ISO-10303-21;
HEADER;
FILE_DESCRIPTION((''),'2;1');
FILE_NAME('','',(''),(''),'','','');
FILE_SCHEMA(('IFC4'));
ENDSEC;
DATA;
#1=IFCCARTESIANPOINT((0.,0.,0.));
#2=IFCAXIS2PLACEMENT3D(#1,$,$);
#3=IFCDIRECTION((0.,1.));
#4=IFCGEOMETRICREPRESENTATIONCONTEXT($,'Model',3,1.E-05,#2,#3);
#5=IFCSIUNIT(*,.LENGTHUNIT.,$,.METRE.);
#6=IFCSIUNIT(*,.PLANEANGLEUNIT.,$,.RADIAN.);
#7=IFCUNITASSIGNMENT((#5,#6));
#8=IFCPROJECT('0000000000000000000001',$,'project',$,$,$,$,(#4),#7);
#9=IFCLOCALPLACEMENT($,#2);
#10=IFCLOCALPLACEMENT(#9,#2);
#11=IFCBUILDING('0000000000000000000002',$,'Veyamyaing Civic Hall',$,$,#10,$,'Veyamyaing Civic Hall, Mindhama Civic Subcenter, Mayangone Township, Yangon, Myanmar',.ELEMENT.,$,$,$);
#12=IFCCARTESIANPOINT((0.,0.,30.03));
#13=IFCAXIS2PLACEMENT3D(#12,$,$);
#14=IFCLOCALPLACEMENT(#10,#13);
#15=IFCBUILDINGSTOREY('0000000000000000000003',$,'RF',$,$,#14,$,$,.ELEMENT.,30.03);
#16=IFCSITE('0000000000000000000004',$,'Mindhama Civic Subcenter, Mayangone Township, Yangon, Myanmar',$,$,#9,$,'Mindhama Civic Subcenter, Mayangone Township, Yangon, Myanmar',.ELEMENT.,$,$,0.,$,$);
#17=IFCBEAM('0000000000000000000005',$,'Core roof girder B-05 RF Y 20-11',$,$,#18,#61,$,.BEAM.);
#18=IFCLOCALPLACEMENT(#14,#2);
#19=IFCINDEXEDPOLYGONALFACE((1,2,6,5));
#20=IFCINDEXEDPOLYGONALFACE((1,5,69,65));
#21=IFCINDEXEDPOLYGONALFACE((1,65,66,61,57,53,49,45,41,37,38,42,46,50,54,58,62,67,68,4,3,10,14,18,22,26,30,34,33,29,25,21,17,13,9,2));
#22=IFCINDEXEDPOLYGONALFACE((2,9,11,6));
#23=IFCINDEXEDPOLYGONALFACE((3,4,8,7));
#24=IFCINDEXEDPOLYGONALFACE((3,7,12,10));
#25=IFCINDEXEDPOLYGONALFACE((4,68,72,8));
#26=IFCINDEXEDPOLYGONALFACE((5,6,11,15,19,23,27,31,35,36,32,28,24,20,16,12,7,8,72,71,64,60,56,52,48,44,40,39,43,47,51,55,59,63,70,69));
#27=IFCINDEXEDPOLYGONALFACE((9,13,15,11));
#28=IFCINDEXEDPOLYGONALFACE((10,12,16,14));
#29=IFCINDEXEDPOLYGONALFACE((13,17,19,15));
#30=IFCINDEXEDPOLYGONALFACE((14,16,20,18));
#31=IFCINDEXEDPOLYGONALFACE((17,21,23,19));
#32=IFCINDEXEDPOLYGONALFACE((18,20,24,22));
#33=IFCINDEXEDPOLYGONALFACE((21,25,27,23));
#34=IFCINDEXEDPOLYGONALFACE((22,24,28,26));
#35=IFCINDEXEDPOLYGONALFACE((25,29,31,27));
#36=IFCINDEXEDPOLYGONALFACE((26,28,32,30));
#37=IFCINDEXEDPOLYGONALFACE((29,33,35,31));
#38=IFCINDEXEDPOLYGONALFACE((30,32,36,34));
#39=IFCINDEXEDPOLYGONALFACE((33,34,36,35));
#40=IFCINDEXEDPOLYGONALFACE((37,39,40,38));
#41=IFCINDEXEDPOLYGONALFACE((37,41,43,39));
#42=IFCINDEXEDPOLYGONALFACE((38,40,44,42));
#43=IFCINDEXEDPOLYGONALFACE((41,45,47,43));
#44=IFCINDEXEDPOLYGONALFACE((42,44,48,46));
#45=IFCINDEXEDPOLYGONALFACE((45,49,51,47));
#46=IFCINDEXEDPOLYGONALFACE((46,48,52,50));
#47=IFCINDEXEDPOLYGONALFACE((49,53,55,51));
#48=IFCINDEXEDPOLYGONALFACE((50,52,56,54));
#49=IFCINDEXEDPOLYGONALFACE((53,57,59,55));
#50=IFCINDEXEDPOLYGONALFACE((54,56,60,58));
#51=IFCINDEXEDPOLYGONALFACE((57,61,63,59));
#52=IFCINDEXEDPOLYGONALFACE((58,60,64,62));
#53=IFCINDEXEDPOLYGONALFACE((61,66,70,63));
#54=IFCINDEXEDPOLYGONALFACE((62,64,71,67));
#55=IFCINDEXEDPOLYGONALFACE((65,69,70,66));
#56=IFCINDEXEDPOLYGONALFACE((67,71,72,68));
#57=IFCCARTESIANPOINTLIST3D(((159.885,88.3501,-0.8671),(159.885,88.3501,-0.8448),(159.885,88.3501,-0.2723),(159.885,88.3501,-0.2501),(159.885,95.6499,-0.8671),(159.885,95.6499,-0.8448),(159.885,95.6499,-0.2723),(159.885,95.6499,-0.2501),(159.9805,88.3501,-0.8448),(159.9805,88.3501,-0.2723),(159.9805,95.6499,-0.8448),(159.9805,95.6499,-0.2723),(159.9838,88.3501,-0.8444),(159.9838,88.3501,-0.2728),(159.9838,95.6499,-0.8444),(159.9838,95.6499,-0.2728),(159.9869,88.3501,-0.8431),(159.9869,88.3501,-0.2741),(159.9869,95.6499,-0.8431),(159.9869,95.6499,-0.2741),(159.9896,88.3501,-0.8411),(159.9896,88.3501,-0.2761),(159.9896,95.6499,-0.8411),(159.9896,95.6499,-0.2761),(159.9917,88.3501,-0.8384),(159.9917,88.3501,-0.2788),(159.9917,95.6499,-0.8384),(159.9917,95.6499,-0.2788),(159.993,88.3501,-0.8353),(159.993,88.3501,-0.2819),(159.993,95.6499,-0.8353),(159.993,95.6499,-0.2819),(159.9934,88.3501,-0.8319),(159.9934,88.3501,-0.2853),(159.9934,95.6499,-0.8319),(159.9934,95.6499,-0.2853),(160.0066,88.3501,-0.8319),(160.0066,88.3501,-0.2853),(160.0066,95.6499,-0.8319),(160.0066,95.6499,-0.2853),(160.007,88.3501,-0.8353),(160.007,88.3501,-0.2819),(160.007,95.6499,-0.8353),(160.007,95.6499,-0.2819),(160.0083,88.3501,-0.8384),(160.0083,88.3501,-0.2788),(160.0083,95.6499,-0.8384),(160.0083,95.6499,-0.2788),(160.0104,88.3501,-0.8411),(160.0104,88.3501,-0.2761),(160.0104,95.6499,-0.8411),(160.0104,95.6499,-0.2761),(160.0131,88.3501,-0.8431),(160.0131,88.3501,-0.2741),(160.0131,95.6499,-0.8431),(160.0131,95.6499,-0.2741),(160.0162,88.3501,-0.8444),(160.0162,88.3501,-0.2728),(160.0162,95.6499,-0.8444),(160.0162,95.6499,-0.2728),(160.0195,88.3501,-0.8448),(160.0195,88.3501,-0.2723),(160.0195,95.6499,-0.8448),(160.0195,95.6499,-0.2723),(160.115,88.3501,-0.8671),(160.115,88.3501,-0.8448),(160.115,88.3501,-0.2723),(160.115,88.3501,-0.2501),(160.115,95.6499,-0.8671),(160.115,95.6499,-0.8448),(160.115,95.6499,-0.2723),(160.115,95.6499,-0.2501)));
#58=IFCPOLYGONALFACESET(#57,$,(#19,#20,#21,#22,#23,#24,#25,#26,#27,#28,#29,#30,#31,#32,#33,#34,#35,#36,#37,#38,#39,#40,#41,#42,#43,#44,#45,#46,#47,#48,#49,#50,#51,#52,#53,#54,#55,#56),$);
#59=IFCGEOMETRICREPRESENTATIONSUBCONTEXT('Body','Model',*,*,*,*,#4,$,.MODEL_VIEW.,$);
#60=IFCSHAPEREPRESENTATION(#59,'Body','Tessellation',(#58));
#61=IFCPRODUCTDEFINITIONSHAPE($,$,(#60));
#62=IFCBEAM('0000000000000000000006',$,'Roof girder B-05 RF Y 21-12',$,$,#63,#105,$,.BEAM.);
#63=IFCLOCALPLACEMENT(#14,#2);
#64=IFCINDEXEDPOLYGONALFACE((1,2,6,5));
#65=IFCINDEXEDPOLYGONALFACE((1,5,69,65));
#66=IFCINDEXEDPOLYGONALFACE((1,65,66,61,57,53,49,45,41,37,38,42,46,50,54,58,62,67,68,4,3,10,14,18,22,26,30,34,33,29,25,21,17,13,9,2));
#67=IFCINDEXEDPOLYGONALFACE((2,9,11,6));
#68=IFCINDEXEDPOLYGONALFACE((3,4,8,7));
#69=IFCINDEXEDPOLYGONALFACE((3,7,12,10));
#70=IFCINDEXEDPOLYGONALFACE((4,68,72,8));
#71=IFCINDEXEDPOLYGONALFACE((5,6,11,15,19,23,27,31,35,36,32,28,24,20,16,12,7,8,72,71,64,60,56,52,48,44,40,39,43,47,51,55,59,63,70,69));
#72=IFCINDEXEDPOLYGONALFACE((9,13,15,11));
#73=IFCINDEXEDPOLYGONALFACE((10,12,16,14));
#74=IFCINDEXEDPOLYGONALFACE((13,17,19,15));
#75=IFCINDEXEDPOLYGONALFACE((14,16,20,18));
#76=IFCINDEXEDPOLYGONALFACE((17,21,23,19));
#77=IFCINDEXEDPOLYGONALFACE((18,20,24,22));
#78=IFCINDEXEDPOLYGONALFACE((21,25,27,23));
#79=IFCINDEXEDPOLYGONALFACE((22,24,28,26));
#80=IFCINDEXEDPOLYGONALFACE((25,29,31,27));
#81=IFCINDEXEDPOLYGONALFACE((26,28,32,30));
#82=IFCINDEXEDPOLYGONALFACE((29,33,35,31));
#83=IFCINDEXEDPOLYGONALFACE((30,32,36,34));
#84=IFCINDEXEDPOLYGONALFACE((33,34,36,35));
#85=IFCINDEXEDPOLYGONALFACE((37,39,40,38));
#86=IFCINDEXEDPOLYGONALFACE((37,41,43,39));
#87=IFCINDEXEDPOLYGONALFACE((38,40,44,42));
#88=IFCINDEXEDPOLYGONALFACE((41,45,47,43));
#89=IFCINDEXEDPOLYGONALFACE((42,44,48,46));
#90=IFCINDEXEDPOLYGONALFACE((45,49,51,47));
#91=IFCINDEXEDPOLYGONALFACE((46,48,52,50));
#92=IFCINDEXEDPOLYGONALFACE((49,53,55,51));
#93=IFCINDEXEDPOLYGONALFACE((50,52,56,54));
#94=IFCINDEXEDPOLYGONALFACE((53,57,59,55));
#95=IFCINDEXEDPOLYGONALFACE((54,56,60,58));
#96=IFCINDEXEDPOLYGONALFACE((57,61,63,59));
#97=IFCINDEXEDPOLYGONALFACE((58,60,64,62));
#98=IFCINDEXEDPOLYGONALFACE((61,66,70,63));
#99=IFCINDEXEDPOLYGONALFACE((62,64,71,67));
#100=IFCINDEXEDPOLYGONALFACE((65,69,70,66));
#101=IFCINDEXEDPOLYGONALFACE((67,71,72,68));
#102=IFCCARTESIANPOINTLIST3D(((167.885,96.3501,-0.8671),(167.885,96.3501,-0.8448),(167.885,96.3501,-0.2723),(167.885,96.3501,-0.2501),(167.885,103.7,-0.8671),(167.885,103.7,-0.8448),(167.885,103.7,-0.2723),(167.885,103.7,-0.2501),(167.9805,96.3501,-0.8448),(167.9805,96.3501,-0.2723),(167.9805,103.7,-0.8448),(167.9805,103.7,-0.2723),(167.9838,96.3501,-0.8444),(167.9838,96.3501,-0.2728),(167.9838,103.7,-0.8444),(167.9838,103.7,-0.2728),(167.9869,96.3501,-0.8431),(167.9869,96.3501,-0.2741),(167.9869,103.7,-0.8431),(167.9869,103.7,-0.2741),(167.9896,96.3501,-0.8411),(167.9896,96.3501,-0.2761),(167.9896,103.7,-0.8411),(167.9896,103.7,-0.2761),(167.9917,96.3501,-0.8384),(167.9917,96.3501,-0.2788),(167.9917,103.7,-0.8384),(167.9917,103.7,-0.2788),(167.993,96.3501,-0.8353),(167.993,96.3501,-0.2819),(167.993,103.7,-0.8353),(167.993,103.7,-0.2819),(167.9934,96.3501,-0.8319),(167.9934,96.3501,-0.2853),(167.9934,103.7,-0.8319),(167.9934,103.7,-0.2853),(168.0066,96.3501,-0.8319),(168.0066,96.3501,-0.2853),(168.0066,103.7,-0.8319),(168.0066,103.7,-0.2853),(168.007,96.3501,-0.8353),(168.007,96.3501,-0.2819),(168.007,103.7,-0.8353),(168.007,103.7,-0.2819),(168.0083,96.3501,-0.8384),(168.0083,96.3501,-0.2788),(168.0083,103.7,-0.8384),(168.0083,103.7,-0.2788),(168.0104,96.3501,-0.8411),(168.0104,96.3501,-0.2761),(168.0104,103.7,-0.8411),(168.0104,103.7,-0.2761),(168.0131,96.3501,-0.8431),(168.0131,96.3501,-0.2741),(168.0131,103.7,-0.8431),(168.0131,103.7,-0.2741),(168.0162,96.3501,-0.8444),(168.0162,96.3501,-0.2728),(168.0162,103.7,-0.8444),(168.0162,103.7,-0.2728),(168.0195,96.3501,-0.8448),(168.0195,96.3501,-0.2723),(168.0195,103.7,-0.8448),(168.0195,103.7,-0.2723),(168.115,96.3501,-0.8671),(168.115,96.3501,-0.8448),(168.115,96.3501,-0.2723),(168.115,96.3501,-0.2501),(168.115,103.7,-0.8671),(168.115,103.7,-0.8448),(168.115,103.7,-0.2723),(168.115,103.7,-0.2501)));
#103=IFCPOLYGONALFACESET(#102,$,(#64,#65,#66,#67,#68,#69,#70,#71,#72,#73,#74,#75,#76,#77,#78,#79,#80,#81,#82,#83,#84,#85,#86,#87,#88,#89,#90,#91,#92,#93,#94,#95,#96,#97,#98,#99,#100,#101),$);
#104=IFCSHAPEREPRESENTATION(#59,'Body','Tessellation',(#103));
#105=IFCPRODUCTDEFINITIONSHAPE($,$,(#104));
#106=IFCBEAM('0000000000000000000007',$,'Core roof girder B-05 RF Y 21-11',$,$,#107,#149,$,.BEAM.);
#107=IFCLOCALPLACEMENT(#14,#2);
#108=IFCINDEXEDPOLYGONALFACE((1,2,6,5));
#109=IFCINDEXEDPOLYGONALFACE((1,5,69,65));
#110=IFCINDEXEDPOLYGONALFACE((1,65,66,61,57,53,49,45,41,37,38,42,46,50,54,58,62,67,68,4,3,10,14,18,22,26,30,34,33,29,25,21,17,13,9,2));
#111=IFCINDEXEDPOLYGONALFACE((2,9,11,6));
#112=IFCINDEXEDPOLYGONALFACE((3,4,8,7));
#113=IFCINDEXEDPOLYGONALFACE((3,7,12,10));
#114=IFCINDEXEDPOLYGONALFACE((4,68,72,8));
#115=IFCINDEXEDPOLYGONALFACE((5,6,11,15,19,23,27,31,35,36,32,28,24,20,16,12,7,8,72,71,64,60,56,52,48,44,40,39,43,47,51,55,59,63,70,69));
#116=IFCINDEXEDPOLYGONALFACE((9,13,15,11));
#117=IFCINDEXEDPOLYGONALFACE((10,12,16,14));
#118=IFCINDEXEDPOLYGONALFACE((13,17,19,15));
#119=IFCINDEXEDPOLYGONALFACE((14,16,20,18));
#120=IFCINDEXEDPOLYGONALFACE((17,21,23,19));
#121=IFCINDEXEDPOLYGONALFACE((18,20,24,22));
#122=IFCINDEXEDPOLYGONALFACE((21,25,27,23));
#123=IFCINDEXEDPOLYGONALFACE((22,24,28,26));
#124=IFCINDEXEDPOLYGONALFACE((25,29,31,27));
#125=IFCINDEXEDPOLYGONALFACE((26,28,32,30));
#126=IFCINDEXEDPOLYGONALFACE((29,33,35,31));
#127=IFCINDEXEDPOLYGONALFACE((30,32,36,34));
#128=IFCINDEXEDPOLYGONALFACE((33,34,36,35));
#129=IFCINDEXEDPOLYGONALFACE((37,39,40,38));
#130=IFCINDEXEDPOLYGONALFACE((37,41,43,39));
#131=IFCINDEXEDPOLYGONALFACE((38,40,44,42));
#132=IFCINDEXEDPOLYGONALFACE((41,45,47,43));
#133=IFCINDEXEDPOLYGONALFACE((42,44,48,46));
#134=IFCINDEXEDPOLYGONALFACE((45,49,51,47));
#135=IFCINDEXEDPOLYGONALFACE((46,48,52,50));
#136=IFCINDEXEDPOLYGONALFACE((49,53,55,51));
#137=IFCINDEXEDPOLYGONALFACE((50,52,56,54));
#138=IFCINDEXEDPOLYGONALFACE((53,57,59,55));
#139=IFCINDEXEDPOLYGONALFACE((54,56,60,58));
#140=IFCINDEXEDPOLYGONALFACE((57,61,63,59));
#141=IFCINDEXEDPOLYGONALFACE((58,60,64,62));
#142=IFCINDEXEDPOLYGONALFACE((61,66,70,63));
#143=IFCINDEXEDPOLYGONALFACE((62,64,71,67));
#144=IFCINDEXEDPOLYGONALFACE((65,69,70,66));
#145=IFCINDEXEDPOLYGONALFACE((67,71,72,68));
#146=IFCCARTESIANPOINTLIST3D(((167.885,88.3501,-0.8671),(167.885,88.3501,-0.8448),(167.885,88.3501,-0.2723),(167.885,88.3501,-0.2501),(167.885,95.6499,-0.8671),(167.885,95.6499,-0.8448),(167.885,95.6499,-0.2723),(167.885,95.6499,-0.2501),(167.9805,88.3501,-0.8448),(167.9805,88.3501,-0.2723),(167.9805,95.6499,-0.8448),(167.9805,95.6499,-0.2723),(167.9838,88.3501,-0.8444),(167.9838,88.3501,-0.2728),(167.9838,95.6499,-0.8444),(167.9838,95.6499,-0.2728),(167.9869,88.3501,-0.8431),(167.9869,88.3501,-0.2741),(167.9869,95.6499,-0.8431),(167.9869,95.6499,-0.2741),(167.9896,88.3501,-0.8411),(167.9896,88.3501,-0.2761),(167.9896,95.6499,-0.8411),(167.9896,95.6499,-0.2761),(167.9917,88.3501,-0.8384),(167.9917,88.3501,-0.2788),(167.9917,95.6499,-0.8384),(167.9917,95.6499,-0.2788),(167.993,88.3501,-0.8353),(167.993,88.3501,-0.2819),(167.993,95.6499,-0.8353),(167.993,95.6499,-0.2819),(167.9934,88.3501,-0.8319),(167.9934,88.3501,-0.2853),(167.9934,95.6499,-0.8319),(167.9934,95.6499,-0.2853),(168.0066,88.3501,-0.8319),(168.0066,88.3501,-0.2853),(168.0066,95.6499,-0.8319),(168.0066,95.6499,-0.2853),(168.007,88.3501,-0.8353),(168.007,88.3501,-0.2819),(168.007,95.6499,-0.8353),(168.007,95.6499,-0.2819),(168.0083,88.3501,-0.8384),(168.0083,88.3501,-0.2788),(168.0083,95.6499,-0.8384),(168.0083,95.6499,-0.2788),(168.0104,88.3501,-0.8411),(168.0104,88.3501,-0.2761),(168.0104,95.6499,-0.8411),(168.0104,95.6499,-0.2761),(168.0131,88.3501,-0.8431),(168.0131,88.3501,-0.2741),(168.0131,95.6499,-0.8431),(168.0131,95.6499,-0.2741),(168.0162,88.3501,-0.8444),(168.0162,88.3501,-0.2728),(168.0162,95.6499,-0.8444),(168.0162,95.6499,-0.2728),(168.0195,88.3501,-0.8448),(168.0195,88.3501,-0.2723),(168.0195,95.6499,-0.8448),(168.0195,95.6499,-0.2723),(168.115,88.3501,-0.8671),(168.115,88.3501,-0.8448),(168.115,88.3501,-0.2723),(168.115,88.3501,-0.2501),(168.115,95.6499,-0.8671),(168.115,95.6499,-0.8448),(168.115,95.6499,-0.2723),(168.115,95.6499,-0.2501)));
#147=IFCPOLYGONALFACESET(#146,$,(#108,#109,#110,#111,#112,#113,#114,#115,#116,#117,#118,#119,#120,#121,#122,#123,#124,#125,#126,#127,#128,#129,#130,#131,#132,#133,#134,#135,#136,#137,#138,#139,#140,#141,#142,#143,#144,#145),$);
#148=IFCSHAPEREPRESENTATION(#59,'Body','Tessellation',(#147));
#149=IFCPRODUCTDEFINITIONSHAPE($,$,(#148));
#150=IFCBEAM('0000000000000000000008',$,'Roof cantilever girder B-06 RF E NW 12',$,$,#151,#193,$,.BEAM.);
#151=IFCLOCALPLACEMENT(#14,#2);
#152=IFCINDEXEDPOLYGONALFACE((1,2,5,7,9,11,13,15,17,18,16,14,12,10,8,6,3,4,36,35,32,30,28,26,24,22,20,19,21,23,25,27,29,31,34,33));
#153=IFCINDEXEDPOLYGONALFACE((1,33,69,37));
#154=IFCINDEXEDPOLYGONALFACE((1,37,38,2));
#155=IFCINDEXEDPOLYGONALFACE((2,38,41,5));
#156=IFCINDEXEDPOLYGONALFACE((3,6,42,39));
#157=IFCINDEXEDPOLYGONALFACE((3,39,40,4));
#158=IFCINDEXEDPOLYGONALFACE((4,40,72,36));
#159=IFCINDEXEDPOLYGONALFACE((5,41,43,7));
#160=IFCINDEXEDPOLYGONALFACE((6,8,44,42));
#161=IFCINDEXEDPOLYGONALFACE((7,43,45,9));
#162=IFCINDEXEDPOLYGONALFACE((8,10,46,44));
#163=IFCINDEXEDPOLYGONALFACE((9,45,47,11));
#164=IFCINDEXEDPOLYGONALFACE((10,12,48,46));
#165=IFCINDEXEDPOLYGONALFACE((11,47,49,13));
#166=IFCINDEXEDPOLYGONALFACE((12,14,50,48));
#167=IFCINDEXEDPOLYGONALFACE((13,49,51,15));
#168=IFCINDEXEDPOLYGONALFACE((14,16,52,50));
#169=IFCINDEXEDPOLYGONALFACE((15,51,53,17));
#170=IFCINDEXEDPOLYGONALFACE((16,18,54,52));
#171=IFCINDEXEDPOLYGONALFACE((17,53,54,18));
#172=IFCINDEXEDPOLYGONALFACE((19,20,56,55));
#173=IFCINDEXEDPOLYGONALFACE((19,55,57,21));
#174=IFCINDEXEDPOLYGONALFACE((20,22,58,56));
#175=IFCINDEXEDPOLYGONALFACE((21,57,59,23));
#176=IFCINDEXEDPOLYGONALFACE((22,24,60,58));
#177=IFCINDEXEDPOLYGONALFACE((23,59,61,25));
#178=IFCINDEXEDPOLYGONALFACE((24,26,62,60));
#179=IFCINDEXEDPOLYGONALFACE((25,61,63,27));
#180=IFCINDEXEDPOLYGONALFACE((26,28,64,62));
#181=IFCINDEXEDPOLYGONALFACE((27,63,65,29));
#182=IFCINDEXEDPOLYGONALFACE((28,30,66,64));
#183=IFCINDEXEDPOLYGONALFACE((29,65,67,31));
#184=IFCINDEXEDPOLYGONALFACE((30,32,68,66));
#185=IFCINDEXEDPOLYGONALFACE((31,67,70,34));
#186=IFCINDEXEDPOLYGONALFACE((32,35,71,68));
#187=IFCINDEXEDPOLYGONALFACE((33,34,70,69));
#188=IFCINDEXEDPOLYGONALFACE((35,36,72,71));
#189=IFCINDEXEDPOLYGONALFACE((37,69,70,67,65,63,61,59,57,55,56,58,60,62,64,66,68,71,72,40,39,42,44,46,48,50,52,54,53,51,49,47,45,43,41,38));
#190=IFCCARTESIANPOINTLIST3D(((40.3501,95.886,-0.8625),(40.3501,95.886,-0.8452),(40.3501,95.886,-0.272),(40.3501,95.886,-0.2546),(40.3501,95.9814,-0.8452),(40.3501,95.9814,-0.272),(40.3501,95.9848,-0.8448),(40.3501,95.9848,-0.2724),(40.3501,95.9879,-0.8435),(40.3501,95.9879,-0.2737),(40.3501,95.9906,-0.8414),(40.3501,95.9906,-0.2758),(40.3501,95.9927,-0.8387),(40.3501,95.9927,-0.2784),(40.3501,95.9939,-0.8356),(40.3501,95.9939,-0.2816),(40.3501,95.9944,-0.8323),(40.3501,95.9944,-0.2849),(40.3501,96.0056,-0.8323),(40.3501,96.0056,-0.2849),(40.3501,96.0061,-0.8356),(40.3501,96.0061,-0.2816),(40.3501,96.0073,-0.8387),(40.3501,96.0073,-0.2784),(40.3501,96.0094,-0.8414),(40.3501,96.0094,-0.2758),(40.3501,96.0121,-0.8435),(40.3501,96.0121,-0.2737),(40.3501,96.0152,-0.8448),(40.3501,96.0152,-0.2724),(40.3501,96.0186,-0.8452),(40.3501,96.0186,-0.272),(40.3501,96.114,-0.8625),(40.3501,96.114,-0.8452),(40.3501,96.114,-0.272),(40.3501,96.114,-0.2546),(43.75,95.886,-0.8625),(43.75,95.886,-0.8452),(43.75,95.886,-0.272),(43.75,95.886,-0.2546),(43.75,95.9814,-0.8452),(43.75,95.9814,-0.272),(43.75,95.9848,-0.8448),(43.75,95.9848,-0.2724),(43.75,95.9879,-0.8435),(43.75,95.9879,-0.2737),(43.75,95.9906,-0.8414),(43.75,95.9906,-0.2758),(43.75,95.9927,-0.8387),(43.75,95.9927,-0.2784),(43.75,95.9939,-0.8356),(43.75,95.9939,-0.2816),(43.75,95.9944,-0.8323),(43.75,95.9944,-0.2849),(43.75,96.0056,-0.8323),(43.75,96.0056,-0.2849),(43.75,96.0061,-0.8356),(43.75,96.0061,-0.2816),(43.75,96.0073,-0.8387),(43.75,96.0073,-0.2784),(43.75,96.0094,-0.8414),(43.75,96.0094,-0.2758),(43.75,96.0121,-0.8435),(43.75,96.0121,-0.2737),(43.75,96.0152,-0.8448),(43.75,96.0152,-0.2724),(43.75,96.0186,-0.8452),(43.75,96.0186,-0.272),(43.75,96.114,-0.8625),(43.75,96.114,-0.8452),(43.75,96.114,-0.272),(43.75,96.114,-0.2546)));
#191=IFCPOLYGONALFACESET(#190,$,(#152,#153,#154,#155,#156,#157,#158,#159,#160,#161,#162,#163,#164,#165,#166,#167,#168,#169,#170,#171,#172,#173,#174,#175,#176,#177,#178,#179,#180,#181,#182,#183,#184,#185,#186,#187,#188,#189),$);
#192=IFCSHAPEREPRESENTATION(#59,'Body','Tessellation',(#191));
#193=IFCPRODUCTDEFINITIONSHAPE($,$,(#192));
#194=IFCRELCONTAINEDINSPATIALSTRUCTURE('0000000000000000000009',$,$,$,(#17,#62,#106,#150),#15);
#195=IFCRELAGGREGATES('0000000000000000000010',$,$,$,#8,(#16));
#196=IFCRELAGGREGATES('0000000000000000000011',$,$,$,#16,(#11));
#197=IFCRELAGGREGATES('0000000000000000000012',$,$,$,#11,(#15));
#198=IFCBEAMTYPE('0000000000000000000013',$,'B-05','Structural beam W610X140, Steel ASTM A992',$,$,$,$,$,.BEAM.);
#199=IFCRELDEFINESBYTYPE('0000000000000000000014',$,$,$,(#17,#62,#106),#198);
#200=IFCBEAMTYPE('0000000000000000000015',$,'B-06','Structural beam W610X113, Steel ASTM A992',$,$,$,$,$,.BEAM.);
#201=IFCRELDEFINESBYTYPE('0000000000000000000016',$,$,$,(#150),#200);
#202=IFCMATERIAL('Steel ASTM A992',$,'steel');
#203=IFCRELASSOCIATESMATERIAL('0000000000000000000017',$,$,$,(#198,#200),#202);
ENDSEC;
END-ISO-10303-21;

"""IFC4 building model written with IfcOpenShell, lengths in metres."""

from ifc_helpers import new_model, si_unit, direction, frame, origin, origin_2d, place, context, subcontext, project, spatial, i_section, extrude, material, material_profile, profile_set, type_object, element, save


model = new_model("IFC4")

# Units and contexts
model_context = context("Model", 3, precision=1e-05, world=origin(), true_north=direction((0.0, 1.0)))
body_context = subcontext(model_context, "Body", "Model", "MODEL_VIEW")
ifc_project = project(units=[si_unit("LENGTHUNIT", "METRE"), si_unit("PLANEANGLEUNIT", "RADIAN")], contexts=[model_context])

# Site, building, storey
site_placement = place(None, origin())
site = spatial("IfcSite", under=ifc_project, at=site_placement, Name="Mindhama Civic Subcenter, Mayangone Township, Yangon, Myanmar", LongName="Mindhama Civic Subcenter, Mayangone Township, Yangon, Myanmar", CompositionType="ELEMENT", RefElevation=0.0)
building_placement = place(site_placement, origin())
building = spatial("IfcBuilding", under=site, at=building_placement, Name="Veyamyaing Civic Hall", LongName="Veyamyaing Civic Hall, Mindhama Civic Subcenter, Mayangone Township, Yangon, Myanmar", CompositionType="ELEMENT")
storey_placement = place(building_placement, frame((0.0, 0.0, 30.03)))
storey = spatial("IfcBuildingStorey", under=building, at=storey_placement, Name="RF", CompositionType="ELEMENT", Elevation=30.03)

# Beams
ifc_material_1 = material(Name="Steel ASTM A992", Category="steel")
ifc_material_profile_1 = material_profile(ifc_material_1, i_section(OverallWidth=0.23, OverallDepth=0.6169, WebThickness=0.0132, FlangeThickness=0.0222, FilletRadius=0.0129, at=origin_2d()), Name="W610X140")
ifc_profile_set_1 = profile_set([ifc_material_profile_1], Name="Steel ASTM A992")
beam_type_1 = type_object("IfcBeamType", Name="B-05", Description="Structural beam W610X140, Steel ASTM A992", PredefinedType="BEAM", material=ifc_profile_set_1)
beam_1_placement = place(storey_placement, frame((160.0, 88.3501, -0.5586), z_axis=(0.0, 1.0, 0.0), x_axis=(-1.0, 0.0, 0.0)))
element("IfcBeam", 1, at=beam_1_placement, inside=storey, type_object=beam_type_1, Name="Core roof girder B-05 RF Y 20-11", PredefinedType="BEAM", context=body_context, shape_type="SweptSolid", body=[
    extrude(i_section(OverallWidth=0.23, OverallDepth=0.6169, WebThickness=0.0132, FlangeThickness=0.0222, FilletRadius=0.0129, at=origin_2d()), origin(), (0.0, 0.0, 1.0), 7.2998),
])
beam_2_placement = place(storey_placement, frame((168.0, 96.3501, -0.5586), z_axis=(0.0, 1.0, 0.0), x_axis=(-1.0, 0.0, 0.0)))
element("IfcBeam", 2, at=beam_2_placement, inside=storey, type_object=beam_type_1, Name="Roof girder B-05 RF Y 21-12", PredefinedType="BEAM", context=body_context, shape_type="SweptSolid", body=[
    extrude(i_section(OverallWidth=0.23, OverallDepth=0.6169, WebThickness=0.0132, FlangeThickness=0.0222, FilletRadius=0.0129, at=origin_2d()), origin(), (0.0, 0.0, 1.0), 7.3499),
])
beam_3_placement = place(storey_placement, frame((168.0, 88.3501, -0.5586), z_axis=(0.0, 1.0, 0.0), x_axis=(-1.0, 0.0, 0.0)))
element("IfcBeam", 3, at=beam_3_placement, inside=storey, type_object=beam_type_1, Name="Core roof girder B-05 RF Y 21-11", PredefinedType="BEAM", context=body_context, shape_type="SweptSolid", body=[
    extrude(i_section(OverallWidth=0.23, OverallDepth=0.6169, WebThickness=0.0132, FlangeThickness=0.0222, FilletRadius=0.0129, at=origin_2d()), origin(), (0.0, 0.0, 1.0), 7.2998),
])
ifc_material_profile_2 = material_profile(ifc_material_1, i_section(OverallWidth=0.228, OverallDepth=0.6079, WebThickness=0.0112, FlangeThickness=0.0173, FilletRadius=0.0129, at=origin_2d()), Name="W610X113")
ifc_profile_set_2 = profile_set([ifc_material_profile_2], Name="Steel ASTM A992")
beam_type_2 = type_object("IfcBeamType", Name="B-06", Description="Structural beam W610X113, Steel ASTM A992", PredefinedType="BEAM", material=ifc_profile_set_2)
for number, where, z_axis, x_axis, name in (
    (4, (40.3501, 96.0, -0.5586), (1.0, 0.0, 0.0), (0.0, 1.0, 0.0), "Roof cantilever girder B-06 RF E NW 12"),
):
    element("IfcBeam", number, at=place(storey_placement, frame(where, z_axis=z_axis, x_axis=x_axis)), inside=storey, type_object=beam_type_2, Name=name, PredefinedType="BEAM", context=body_context, shape_type="SweptSolid", body=[
        extrude(i_section(OverallWidth=0.228, OverallDepth=0.6079, WebThickness=0.0112, FlangeThickness=0.0173, FilletRadius=0.0129, at=origin_2d()), origin(), (0.0, 0.0, 1.0), 3.3999),
    ])

save(model, "model.ifc")
